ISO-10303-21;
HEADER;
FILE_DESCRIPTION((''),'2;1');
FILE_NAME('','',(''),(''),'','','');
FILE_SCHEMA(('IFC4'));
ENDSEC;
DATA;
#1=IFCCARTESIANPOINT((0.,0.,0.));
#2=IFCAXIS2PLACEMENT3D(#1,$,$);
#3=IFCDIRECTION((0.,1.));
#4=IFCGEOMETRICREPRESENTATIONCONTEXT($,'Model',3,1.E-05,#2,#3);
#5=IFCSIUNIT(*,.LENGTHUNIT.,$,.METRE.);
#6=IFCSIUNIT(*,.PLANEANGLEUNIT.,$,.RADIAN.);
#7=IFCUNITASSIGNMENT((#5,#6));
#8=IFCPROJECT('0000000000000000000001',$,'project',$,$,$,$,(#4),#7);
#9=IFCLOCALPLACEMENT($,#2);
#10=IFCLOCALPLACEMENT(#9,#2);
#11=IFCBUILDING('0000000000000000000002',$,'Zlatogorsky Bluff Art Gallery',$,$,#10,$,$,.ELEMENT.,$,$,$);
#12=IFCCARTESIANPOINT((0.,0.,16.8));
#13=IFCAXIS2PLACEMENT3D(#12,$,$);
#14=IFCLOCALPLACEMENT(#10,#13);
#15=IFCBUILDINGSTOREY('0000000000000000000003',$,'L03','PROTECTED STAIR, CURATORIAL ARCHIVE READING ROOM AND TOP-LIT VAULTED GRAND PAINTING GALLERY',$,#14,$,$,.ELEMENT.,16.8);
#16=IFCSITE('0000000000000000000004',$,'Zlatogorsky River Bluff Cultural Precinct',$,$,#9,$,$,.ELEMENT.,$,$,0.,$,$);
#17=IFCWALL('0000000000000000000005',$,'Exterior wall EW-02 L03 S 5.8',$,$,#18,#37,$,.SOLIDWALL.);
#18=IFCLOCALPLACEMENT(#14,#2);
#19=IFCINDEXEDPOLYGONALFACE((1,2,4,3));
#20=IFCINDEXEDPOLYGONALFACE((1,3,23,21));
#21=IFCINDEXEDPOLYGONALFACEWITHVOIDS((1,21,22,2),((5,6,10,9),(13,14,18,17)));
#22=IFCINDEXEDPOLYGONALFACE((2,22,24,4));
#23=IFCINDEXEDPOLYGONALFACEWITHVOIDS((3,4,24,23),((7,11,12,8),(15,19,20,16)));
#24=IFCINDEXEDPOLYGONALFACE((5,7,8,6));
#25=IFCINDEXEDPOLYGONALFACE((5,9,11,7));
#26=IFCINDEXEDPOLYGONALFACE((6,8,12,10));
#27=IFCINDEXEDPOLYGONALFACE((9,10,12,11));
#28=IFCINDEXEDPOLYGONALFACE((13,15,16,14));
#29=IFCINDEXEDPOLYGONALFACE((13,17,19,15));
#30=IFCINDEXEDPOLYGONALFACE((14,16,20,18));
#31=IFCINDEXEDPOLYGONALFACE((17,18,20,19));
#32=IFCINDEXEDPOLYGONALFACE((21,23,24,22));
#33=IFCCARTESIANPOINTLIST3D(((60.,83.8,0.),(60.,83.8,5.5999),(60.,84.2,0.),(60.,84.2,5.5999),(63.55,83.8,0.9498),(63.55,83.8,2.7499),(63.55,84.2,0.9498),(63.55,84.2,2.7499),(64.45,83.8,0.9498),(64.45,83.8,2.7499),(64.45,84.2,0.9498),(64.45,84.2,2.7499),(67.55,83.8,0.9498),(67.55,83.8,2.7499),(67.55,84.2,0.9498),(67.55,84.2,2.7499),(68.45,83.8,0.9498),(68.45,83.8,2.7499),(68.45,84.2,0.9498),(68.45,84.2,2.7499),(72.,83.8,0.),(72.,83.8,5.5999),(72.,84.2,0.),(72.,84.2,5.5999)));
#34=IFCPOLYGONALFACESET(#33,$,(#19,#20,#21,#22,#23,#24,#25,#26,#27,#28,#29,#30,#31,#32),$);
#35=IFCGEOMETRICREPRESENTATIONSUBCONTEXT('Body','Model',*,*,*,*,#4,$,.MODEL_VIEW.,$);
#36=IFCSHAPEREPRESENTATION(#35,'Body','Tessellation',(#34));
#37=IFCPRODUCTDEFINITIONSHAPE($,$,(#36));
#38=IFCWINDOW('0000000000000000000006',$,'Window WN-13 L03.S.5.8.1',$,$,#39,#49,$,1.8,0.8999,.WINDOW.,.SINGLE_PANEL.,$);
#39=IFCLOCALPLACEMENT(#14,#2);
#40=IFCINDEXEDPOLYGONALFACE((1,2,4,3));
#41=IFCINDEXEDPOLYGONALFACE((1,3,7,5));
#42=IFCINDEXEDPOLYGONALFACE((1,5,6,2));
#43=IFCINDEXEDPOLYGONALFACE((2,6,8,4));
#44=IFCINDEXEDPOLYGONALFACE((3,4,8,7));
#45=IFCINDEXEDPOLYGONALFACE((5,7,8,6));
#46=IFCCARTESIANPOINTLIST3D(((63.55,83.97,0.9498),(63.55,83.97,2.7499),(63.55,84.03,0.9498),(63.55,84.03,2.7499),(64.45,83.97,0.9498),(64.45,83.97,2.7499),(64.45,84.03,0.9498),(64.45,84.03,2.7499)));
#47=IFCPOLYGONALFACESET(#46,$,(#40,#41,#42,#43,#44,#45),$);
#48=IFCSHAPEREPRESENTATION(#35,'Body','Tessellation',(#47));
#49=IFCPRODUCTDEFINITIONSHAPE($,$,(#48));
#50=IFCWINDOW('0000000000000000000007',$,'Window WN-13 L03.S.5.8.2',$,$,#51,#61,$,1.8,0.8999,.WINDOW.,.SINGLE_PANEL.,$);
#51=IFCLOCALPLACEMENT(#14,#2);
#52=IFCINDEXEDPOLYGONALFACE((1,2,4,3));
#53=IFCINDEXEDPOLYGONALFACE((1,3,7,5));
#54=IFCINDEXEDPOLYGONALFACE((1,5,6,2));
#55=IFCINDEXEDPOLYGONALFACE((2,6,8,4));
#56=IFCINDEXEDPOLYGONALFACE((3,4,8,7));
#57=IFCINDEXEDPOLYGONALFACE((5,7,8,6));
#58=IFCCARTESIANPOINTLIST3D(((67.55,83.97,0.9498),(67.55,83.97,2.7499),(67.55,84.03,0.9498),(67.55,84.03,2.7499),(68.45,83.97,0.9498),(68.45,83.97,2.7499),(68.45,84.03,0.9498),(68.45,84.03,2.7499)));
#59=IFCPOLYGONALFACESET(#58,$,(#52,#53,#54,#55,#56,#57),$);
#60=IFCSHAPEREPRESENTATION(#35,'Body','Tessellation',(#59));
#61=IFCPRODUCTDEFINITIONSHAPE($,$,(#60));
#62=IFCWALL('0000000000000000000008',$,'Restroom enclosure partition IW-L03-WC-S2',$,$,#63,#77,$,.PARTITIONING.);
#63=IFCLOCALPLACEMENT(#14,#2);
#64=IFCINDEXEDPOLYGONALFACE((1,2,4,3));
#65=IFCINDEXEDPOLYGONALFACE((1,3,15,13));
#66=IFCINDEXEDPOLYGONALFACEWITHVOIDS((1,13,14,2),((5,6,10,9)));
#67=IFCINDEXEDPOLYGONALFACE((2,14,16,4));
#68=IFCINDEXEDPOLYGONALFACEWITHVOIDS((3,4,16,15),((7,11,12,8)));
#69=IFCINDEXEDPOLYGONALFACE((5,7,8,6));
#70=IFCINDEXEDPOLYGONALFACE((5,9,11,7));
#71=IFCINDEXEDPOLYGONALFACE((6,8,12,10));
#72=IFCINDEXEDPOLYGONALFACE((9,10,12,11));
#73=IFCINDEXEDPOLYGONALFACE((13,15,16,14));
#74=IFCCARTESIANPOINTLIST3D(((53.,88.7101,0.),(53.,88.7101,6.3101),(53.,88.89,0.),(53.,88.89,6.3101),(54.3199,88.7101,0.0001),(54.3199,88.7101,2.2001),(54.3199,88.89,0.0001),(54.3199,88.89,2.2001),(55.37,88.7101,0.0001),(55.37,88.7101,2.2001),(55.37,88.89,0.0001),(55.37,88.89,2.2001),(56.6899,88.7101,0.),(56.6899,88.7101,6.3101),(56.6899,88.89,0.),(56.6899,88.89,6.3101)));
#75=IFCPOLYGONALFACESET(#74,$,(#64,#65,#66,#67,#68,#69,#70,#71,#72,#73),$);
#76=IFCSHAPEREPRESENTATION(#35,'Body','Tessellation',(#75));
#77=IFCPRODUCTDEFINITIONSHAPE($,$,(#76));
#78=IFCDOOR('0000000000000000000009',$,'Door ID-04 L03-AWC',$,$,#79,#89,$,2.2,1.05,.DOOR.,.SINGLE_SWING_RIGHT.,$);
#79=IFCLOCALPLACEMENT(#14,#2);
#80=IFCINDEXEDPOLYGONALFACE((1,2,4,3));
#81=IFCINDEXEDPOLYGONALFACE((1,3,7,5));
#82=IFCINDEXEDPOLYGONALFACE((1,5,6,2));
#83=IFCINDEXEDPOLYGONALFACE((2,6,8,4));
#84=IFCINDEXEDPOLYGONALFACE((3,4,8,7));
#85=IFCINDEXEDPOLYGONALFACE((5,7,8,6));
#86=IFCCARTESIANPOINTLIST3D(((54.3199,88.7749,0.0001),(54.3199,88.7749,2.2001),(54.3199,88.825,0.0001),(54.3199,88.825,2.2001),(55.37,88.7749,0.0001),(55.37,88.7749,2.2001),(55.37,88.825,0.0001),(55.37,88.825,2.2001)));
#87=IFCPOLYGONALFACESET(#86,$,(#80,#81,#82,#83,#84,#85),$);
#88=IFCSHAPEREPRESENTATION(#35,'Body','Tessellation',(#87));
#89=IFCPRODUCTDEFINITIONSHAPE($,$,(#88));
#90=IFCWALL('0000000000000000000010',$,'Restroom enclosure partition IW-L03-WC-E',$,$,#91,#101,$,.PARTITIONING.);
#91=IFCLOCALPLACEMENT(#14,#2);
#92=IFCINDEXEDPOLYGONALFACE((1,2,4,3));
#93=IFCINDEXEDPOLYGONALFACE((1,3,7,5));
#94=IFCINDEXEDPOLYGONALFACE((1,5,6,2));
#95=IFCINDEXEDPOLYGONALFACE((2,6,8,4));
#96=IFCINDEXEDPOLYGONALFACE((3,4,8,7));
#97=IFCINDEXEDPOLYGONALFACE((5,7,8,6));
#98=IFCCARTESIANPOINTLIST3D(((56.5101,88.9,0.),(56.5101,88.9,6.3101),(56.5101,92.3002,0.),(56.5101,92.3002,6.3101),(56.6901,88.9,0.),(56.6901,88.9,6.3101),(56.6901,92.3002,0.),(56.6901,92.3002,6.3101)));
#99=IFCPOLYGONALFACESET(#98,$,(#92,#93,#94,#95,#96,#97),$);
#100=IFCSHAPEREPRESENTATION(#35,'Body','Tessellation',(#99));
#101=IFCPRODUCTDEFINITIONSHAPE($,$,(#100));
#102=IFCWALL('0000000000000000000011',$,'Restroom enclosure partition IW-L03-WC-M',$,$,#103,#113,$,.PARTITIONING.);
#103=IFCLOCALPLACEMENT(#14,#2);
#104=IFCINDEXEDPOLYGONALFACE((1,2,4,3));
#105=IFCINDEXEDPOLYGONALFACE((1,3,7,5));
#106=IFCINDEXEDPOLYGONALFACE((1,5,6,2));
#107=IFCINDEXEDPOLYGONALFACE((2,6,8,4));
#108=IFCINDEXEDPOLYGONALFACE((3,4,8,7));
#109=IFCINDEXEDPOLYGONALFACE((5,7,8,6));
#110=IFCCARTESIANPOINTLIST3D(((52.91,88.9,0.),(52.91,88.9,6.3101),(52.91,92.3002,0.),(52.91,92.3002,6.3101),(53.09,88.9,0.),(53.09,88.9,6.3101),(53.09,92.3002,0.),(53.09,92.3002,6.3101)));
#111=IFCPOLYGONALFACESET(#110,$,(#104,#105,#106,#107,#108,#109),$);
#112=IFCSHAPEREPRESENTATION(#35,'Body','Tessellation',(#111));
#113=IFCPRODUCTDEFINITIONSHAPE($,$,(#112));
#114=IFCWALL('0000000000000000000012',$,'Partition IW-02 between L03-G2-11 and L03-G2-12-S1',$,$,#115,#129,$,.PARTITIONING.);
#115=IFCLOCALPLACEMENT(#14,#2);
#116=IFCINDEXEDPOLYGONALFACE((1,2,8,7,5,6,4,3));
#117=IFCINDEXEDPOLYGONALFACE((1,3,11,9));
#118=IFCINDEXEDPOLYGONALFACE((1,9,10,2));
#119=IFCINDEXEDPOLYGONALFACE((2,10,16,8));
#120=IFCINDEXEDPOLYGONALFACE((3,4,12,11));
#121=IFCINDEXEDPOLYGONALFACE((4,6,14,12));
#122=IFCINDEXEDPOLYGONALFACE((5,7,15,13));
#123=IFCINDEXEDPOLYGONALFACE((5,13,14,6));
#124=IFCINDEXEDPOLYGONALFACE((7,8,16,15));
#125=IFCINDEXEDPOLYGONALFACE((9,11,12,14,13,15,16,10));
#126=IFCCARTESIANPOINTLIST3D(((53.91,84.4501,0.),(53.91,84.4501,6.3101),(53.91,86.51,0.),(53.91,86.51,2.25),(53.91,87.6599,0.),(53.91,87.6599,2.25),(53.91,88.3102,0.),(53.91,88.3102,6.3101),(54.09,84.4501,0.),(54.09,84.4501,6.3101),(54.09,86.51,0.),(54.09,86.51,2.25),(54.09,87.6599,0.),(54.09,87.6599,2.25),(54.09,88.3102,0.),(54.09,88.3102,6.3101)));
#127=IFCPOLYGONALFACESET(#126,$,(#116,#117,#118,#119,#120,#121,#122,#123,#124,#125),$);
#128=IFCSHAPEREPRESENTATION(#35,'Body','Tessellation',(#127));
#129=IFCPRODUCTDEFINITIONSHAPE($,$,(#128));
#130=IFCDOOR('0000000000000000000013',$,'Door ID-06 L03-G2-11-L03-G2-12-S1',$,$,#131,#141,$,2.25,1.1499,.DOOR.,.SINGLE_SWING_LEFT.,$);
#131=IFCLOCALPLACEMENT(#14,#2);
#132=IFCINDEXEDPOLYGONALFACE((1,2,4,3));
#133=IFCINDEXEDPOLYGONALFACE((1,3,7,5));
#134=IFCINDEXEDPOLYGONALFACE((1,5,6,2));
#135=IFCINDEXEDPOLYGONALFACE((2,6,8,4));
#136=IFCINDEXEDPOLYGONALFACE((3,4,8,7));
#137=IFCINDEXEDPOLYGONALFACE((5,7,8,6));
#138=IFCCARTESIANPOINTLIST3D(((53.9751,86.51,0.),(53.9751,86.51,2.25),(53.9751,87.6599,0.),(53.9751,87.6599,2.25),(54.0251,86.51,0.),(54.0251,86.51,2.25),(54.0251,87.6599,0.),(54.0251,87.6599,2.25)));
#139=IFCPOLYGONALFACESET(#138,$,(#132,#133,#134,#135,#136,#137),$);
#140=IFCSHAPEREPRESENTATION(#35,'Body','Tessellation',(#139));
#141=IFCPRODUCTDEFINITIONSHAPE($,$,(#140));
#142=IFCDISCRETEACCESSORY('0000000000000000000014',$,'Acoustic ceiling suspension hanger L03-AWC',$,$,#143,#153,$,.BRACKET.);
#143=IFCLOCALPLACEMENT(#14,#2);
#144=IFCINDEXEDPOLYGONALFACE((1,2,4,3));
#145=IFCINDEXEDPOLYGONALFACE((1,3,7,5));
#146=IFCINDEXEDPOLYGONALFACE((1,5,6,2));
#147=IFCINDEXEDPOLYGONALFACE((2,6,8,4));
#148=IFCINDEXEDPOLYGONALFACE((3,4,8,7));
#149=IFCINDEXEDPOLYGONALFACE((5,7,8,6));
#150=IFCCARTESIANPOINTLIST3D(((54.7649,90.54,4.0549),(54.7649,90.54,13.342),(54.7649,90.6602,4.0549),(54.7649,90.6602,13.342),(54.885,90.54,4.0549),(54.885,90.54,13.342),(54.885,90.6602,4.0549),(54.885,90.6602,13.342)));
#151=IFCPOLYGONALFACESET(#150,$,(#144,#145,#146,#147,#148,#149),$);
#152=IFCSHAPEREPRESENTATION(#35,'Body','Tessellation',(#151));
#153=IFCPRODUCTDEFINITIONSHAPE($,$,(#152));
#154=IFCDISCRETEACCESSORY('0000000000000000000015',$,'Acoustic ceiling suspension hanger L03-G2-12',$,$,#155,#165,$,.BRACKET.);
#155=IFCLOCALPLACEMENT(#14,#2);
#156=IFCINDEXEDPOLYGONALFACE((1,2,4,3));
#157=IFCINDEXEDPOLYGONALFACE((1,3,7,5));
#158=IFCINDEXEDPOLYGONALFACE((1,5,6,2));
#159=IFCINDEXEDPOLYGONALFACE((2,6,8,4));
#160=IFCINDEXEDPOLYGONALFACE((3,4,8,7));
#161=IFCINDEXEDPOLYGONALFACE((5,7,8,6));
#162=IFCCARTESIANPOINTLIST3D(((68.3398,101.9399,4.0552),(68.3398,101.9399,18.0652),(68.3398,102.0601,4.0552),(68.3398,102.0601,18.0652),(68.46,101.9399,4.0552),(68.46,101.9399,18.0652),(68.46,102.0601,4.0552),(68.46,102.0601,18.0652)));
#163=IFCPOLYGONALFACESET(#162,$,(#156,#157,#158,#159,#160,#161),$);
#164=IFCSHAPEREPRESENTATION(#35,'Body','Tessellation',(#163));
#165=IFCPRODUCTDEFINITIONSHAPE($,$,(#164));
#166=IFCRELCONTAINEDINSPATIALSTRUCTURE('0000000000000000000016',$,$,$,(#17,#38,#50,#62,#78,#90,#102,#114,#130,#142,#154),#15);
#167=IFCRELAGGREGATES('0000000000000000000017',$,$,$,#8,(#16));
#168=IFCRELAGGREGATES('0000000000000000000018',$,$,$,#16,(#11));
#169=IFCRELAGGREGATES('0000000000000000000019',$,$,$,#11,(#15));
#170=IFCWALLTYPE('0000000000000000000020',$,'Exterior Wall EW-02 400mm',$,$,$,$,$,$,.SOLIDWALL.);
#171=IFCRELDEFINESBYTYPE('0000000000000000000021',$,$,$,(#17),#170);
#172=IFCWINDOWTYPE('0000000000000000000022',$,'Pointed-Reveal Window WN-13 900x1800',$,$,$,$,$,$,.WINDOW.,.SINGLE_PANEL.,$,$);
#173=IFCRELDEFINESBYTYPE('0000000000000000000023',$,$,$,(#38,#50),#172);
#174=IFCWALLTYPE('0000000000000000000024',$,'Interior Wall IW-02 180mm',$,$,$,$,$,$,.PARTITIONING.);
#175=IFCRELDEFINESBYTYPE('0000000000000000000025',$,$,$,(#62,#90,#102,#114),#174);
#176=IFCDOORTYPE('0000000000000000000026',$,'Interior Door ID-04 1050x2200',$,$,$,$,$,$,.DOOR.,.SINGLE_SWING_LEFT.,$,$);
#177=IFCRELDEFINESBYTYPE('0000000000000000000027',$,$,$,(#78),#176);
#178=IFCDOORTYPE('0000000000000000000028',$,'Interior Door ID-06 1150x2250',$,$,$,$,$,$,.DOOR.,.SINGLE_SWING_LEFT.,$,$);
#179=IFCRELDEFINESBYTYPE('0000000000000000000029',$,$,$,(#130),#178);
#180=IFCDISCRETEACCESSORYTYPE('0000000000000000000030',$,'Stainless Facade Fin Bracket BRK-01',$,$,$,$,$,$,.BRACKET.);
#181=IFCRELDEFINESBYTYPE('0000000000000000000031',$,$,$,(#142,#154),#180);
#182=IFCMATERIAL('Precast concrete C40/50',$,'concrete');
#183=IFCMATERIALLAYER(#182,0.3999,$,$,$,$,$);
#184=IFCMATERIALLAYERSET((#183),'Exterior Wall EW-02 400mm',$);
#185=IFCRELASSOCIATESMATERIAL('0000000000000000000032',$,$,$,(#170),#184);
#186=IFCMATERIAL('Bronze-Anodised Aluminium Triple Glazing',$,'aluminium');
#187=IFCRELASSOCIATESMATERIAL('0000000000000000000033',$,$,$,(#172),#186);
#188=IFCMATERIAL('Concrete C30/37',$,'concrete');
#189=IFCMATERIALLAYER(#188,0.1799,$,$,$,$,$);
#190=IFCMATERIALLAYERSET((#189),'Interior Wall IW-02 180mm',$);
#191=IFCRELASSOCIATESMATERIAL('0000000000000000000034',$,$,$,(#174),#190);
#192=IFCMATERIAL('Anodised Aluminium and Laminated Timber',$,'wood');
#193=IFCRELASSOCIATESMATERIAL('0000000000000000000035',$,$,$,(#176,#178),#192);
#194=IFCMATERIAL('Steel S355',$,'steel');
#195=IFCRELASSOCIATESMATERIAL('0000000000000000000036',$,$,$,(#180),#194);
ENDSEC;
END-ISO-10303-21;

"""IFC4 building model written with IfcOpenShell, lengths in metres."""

from ifc_helpers import new_model, si_unit, direction, frame, frame_2d, origin, origin_2d, place, context, subcontext, project, spatial, rectangle, extrude, material, layer, layer_set, type_object, element, fill, save


model = new_model("IFC4")

# Units and contexts
model_context = context("Model", 3, precision=1e-05, world=origin(), true_north=direction((0.0, 1.0)))
body_context = subcontext(model_context, "Body", "Model", "MODEL_VIEW")
ifc_project = project(units=[si_unit("LENGTHUNIT", "METRE"), si_unit("PLANEANGLEUNIT", "RADIAN")], contexts=[model_context])

# Site, building, storey
site_placement = place(None, origin())
site = spatial("IfcSite", under=ifc_project, at=site_placement, Name="Zlatogorsky River Bluff Cultural Precinct", CompositionType="ELEMENT", RefElevation=0.0)
building_placement = place(site_placement, origin())
building = spatial("IfcBuilding", under=site, at=building_placement, Name="Zlatogorsky Bluff Art Gallery", CompositionType="ELEMENT")
storey_placement = place(building_placement, frame((0.0, 0.0, 16.8)))
storey = spatial("IfcBuildingStorey", under=building, at=storey_placement, Name="L03", Description="PROTECTED STAIR, CURATORIAL ARCHIVE READING ROOM AND TOP-LIT VAULTED GRAND PAINTING GALLERY", CompositionType="ELEMENT", Elevation=16.8)

# Shared definitions
ifc_material_1 = material(Name="Steel S355", Category="steel")

# Wall, openings, windows
ifc_material_2 = material(Name="Precast concrete C40/50", Category="concrete")
ifc_layer_1 = layer(ifc_material_2, 0.3999)
ifc_layer_set_1 = layer_set([ifc_layer_1], Name="Exterior Wall EW-02 400mm")
wall_type_1 = type_object("IfcWallType", Name="Exterior Wall EW-02 400mm", PredefinedType="SOLIDWALL", material=ifc_layer_set_1)
wall_1_placement = place(storey_placement, frame((60.0, 84.0, 0.0), z_axis=(0.0, 0.0, 1.0), x_axis=(1.0, 0.0, 0.0)))
wall_1 = element("IfcWall", 1, at=wall_1_placement, inside=storey, type_object=wall_type_1, Name="Exterior wall EW-02 L03 S 5.8", PredefinedType="SOLIDWALL", context=body_context, shape_type="SweptSolid", body=[
    extrude(rectangle(XDim=12.0, YDim=0.3999, at=frame_2d((6.0, 0.0))), origin(), (0.0, 0.0, 1.0), 5.5999),
])
opening_1_placement = place(wall_1_placement, frame((3.55, 0.0, 0.95)))
opening_1 = element("IfcOpeningElement", 2, at=opening_1_placement, cuts=wall_1, PredefinedType="OPENING", context=body_context, shape_type="SweptSolid", body=[
    extrude(rectangle(XDim=0.8999, YDim=1.8, at=frame_2d((0.45, 0.8999))), frame((0.0, 0.21, 0.0), z_axis=(0.0, -1.0, 0.0), x_axis=(1.0, 0.0, 0.0)), (0.0, 0.0, 1.0), 0.4199),
])
opening_2_placement = place(wall_1_placement, frame((7.55, 0.0, 0.95)))
opening_2 = element("IfcOpeningElement", 3, at=opening_2_placement, cuts=wall_1, PredefinedType="OPENING", context=body_context, shape_type="SweptSolid", body=[
    extrude(rectangle(XDim=0.8999, YDim=1.8, at=frame_2d((0.45, 0.8999))), frame((0.0, 0.21, 0.0), z_axis=(0.0, -1.0, 0.0), x_axis=(1.0, 0.0, 0.0)), (0.0, 0.0, 1.0), 0.4199),
])
ifc_material_3 = material(Name="Bronze-Anodised Aluminium Triple Glazing", Category="aluminium")
window_type = type_object("IfcWindowType", Name="Pointed-Reveal Window WN-13 900x1800", PartitioningType="SINGLE_PANEL", PredefinedType="WINDOW", material=ifc_material_3)
window_1_placement = place(opening_1_placement, origin())
window_1 = element("IfcWindow", 4, at=window_1_placement, inside=storey, type_object=window_type, Name="Window WN-13 L03.S.5.8.1", OverallHeight=1.8, OverallWidth=0.8999, PartitioningType="SINGLE_PANEL", PredefinedType="WINDOW", context=body_context, shape_type="SweptSolid", body=[
    extrude(rectangle(XDim=0.8999, YDim=1.8, at=frame_2d((0.45, 0.8999))), frame((0.0, 0.03, 0.0), z_axis=(0.0, -1.0, 0.0), x_axis=(1.0, 0.0, 0.0)), (0.0, 0.0, 1.0), 0.0601),
])
fill(opening_1, window_1)
window_2_placement = place(opening_2_placement, origin())
window_2 = element("IfcWindow", 5, at=window_2_placement, inside=storey, type_object=window_type, Name="Window WN-13 L03.S.5.8.2", OverallHeight=1.8, OverallWidth=0.8999, PartitioningType="SINGLE_PANEL", PredefinedType="WINDOW", context=body_context, shape_type="SweptSolid", body=[
    extrude(rectangle(XDim=0.8999, YDim=1.8, at=frame_2d((0.45, 0.8999))), frame((0.0, 0.03, 0.0), z_axis=(0.0, -1.0, 0.0), x_axis=(1.0, 0.0, 0.0)), (0.0, 0.0, 1.0), 0.0601),
])
fill(opening_2, window_2)

# Wall, opening, door
ifc_material_4 = material(Name="Concrete C30/37", Category="concrete")
ifc_layer_2 = layer(ifc_material_4, 0.1799)
ifc_layer_set_2 = layer_set([ifc_layer_2], Name="Interior Wall IW-02 180mm")
wall_type_2 = type_object("IfcWallType", Name="Interior Wall IW-02 180mm", PredefinedType="PARTITIONING", material=ifc_layer_set_2)
wall_2_placement = place(storey_placement, frame((53.0, 88.8, 0.0), z_axis=(0.0, 0.0, 1.0), x_axis=(1.0, 0.0, 0.0)))
wall_2 = element("IfcWall", 6, at=wall_2_placement, inside=storey, type_object=wall_type_2, Name="Restroom enclosure partition IW-L03-WC-S2", PredefinedType="PARTITIONING", context=body_context, shape_type="SweptSolid", body=[
    extrude(rectangle(XDim=3.6899, YDim=0.1799, at=frame_2d((1.845, 0.0))), origin(), (0.0, 0.0, 1.0), 6.3101),
])
opening_3_placement = place(wall_2_placement, frame((1.3201, 0.0, 0.0)))
opening_3 = element("IfcOpeningElement", 7, at=opening_3_placement, cuts=wall_2, PredefinedType="OPENING", context=body_context, shape_type="SweptSolid", body=[
    extrude(rectangle(XDim=1.05, YDim=2.2, at=frame_2d((0.5249, 1.1001))), frame((0.0, 0.0999, 0.0), z_axis=(0.0, -1.0, 0.0), x_axis=(1.0, 0.0, 0.0)), (0.0, 0.0, 1.0), 0.2),
])
ifc_material_5 = material(Name="Anodised Aluminium and Laminated Timber", Category="wood")
door_type_1 = type_object("IfcDoorType", Name="Interior Door ID-04 1050x2200", OperationType="SINGLE_SWING_LEFT", PredefinedType="DOOR", material=ifc_material_5)
door_1_placement = place(opening_3_placement, origin())
door_1 = element("IfcDoor", 8, at=door_1_placement, inside=storey, type_object=door_type_1, Name="Door ID-04 L03-AWC", OperationType="SINGLE_SWING_RIGHT", OverallHeight=2.2, OverallWidth=1.05, PredefinedType="DOOR", context=body_context, shape_type="SweptSolid", body=[
    extrude(rectangle(XDim=1.05, YDim=2.2, at=frame_2d((0.5249, 1.1001))), frame((0.0, 0.0249, 0.0), z_axis=(0.0, -1.0, 0.0), x_axis=(1.0, 0.0, 0.0)), (0.0, 0.0, 1.0), 0.05),
])
fill(opening_3, door_1)

# Walls
for number, where, z_axis, x_axis, name in (
    (9, (56.6001, 88.8999, 0.0), (0.0, 0.0, 1.0), (0.0, 1.0, 0.0), "Restroom enclosure partition IW-L03-WC-E"),
    (10, (53.0, 88.8999, 0.0), (0.0, 0.0, 1.0), (0.0, 1.0, 0.0), "Restroom enclosure partition IW-L03-WC-M"),
):
    element("IfcWall", number, at=place(storey_placement, frame(where, z_axis=z_axis, x_axis=x_axis)), inside=storey, type_object=wall_type_2, Name=name, PredefinedType="PARTITIONING", context=body_context, shape_type="SweptSolid", body=[
        extrude(rectangle(XDim=3.4001, YDim=0.1799, at=frame_2d((1.7002, 0.0))), origin(), (0.0, 0.0, 1.0), 6.3101),
    ])

# Wall, opening, door
wall_3_placement = place(storey_placement, frame((54.0, 84.45, 0.0), z_axis=(0.0, 0.0, 1.0), x_axis=(0.0, 1.0, 0.0)))
wall_3 = element("IfcWall", 11, at=wall_3_placement, inside=storey, type_object=wall_type_2, Name="Partition IW-02 between L03-G2-11 and L03-G2-12-S1", PredefinedType="PARTITIONING", context=body_context, shape_type="SweptSolid", body=[
    extrude(rectangle(XDim=3.8601, YDim=0.1799, at=frame_2d((1.9302, 0.0))), origin(), (0.0, 0.0, 1.0), 6.3101),
])
opening_4_placement = place(wall_3_placement, frame((2.0601, 0.0, 0.0)))
opening_4 = element("IfcOpeningElement", 12, at=opening_4_placement, cuts=wall_3, PredefinedType="OPENING", context=body_context, shape_type="SweptSolid", body=[
    extrude(rectangle(XDim=1.1499, YDim=2.25, at=frame_2d((0.575, 1.125))), frame((0.0, 0.0999, 0.0), z_axis=(0.0, -1.0, 0.0), x_axis=(1.0, 0.0, 0.0)), (0.0, 0.0, 1.0), 0.2),
])
door_type_2 = type_object("IfcDoorType", Name="Interior Door ID-06 1150x2250", OperationType="SINGLE_SWING_LEFT", PredefinedType="DOOR", material=ifc_material_5)
door_2_placement = place(opening_4_placement, origin())
door_2 = element("IfcDoor", 13, at=door_2_placement, inside=storey, type_object=door_type_2, Name="Door ID-06 L03-G2-11-L03-G2-12-S1", OperationType="SINGLE_SWING_LEFT", OverallHeight=2.25, OverallWidth=1.1499, PredefinedType="DOOR", context=body_context, shape_type="SweptSolid", body=[
    extrude(rectangle(XDim=1.1499, YDim=2.25, at=frame_2d((0.575, 1.125))), frame((0.0, 0.0249, 0.0), z_axis=(0.0, -1.0, 0.0), x_axis=(1.0, 0.0, 0.0)), (0.0, 0.0, 1.0), 0.05),
])
fill(opening_4, door_2)

# Discrete accessories
discrete_accessory_type = type_object("IfcDiscreteAccessoryType", Name="Stainless Facade Fin Bracket BRK-01", PredefinedType="BRACKET", material=ifc_material_1)
discrete_accessory_1_placement = place(storey_placement, frame((54.825, 90.6001, 4.0549), z_axis=(0.0, 0.0, 1.0), x_axis=(1.0, 0.0, 0.0)))
element("IfcDiscreteAccessory", 14, at=discrete_accessory_1_placement, inside=storey, type_object=discrete_accessory_type, Name="Acoustic ceiling suspension hanger L03-AWC", PredefinedType="BRACKET", context=body_context, shape_type="SweptSolid", body=[
    extrude(rectangle(XDim=0.1201, YDim=0.1201, at=origin_2d()), origin(), (0.0, 0.0, 1.0), 9.2871),
])
discrete_accessory_2_placement = place(storey_placement, frame((68.3999, 102.0, 4.0552), z_axis=(0.0, 0.0, 1.0), x_axis=(1.0, 0.0, 0.0)))
element("IfcDiscreteAccessory", 15, at=discrete_accessory_2_placement, inside=storey, type_object=discrete_accessory_type, Name="Acoustic ceiling suspension hanger L03-G2-12", PredefinedType="BRACKET", context=body_context, shape_type="SweptSolid", body=[
    extrude(rectangle(XDim=0.1201, YDim=0.1201, at=origin_2d()), origin(), (0.0, 0.0, 1.0), 14.01),
])

save(model, "model.ifc")
